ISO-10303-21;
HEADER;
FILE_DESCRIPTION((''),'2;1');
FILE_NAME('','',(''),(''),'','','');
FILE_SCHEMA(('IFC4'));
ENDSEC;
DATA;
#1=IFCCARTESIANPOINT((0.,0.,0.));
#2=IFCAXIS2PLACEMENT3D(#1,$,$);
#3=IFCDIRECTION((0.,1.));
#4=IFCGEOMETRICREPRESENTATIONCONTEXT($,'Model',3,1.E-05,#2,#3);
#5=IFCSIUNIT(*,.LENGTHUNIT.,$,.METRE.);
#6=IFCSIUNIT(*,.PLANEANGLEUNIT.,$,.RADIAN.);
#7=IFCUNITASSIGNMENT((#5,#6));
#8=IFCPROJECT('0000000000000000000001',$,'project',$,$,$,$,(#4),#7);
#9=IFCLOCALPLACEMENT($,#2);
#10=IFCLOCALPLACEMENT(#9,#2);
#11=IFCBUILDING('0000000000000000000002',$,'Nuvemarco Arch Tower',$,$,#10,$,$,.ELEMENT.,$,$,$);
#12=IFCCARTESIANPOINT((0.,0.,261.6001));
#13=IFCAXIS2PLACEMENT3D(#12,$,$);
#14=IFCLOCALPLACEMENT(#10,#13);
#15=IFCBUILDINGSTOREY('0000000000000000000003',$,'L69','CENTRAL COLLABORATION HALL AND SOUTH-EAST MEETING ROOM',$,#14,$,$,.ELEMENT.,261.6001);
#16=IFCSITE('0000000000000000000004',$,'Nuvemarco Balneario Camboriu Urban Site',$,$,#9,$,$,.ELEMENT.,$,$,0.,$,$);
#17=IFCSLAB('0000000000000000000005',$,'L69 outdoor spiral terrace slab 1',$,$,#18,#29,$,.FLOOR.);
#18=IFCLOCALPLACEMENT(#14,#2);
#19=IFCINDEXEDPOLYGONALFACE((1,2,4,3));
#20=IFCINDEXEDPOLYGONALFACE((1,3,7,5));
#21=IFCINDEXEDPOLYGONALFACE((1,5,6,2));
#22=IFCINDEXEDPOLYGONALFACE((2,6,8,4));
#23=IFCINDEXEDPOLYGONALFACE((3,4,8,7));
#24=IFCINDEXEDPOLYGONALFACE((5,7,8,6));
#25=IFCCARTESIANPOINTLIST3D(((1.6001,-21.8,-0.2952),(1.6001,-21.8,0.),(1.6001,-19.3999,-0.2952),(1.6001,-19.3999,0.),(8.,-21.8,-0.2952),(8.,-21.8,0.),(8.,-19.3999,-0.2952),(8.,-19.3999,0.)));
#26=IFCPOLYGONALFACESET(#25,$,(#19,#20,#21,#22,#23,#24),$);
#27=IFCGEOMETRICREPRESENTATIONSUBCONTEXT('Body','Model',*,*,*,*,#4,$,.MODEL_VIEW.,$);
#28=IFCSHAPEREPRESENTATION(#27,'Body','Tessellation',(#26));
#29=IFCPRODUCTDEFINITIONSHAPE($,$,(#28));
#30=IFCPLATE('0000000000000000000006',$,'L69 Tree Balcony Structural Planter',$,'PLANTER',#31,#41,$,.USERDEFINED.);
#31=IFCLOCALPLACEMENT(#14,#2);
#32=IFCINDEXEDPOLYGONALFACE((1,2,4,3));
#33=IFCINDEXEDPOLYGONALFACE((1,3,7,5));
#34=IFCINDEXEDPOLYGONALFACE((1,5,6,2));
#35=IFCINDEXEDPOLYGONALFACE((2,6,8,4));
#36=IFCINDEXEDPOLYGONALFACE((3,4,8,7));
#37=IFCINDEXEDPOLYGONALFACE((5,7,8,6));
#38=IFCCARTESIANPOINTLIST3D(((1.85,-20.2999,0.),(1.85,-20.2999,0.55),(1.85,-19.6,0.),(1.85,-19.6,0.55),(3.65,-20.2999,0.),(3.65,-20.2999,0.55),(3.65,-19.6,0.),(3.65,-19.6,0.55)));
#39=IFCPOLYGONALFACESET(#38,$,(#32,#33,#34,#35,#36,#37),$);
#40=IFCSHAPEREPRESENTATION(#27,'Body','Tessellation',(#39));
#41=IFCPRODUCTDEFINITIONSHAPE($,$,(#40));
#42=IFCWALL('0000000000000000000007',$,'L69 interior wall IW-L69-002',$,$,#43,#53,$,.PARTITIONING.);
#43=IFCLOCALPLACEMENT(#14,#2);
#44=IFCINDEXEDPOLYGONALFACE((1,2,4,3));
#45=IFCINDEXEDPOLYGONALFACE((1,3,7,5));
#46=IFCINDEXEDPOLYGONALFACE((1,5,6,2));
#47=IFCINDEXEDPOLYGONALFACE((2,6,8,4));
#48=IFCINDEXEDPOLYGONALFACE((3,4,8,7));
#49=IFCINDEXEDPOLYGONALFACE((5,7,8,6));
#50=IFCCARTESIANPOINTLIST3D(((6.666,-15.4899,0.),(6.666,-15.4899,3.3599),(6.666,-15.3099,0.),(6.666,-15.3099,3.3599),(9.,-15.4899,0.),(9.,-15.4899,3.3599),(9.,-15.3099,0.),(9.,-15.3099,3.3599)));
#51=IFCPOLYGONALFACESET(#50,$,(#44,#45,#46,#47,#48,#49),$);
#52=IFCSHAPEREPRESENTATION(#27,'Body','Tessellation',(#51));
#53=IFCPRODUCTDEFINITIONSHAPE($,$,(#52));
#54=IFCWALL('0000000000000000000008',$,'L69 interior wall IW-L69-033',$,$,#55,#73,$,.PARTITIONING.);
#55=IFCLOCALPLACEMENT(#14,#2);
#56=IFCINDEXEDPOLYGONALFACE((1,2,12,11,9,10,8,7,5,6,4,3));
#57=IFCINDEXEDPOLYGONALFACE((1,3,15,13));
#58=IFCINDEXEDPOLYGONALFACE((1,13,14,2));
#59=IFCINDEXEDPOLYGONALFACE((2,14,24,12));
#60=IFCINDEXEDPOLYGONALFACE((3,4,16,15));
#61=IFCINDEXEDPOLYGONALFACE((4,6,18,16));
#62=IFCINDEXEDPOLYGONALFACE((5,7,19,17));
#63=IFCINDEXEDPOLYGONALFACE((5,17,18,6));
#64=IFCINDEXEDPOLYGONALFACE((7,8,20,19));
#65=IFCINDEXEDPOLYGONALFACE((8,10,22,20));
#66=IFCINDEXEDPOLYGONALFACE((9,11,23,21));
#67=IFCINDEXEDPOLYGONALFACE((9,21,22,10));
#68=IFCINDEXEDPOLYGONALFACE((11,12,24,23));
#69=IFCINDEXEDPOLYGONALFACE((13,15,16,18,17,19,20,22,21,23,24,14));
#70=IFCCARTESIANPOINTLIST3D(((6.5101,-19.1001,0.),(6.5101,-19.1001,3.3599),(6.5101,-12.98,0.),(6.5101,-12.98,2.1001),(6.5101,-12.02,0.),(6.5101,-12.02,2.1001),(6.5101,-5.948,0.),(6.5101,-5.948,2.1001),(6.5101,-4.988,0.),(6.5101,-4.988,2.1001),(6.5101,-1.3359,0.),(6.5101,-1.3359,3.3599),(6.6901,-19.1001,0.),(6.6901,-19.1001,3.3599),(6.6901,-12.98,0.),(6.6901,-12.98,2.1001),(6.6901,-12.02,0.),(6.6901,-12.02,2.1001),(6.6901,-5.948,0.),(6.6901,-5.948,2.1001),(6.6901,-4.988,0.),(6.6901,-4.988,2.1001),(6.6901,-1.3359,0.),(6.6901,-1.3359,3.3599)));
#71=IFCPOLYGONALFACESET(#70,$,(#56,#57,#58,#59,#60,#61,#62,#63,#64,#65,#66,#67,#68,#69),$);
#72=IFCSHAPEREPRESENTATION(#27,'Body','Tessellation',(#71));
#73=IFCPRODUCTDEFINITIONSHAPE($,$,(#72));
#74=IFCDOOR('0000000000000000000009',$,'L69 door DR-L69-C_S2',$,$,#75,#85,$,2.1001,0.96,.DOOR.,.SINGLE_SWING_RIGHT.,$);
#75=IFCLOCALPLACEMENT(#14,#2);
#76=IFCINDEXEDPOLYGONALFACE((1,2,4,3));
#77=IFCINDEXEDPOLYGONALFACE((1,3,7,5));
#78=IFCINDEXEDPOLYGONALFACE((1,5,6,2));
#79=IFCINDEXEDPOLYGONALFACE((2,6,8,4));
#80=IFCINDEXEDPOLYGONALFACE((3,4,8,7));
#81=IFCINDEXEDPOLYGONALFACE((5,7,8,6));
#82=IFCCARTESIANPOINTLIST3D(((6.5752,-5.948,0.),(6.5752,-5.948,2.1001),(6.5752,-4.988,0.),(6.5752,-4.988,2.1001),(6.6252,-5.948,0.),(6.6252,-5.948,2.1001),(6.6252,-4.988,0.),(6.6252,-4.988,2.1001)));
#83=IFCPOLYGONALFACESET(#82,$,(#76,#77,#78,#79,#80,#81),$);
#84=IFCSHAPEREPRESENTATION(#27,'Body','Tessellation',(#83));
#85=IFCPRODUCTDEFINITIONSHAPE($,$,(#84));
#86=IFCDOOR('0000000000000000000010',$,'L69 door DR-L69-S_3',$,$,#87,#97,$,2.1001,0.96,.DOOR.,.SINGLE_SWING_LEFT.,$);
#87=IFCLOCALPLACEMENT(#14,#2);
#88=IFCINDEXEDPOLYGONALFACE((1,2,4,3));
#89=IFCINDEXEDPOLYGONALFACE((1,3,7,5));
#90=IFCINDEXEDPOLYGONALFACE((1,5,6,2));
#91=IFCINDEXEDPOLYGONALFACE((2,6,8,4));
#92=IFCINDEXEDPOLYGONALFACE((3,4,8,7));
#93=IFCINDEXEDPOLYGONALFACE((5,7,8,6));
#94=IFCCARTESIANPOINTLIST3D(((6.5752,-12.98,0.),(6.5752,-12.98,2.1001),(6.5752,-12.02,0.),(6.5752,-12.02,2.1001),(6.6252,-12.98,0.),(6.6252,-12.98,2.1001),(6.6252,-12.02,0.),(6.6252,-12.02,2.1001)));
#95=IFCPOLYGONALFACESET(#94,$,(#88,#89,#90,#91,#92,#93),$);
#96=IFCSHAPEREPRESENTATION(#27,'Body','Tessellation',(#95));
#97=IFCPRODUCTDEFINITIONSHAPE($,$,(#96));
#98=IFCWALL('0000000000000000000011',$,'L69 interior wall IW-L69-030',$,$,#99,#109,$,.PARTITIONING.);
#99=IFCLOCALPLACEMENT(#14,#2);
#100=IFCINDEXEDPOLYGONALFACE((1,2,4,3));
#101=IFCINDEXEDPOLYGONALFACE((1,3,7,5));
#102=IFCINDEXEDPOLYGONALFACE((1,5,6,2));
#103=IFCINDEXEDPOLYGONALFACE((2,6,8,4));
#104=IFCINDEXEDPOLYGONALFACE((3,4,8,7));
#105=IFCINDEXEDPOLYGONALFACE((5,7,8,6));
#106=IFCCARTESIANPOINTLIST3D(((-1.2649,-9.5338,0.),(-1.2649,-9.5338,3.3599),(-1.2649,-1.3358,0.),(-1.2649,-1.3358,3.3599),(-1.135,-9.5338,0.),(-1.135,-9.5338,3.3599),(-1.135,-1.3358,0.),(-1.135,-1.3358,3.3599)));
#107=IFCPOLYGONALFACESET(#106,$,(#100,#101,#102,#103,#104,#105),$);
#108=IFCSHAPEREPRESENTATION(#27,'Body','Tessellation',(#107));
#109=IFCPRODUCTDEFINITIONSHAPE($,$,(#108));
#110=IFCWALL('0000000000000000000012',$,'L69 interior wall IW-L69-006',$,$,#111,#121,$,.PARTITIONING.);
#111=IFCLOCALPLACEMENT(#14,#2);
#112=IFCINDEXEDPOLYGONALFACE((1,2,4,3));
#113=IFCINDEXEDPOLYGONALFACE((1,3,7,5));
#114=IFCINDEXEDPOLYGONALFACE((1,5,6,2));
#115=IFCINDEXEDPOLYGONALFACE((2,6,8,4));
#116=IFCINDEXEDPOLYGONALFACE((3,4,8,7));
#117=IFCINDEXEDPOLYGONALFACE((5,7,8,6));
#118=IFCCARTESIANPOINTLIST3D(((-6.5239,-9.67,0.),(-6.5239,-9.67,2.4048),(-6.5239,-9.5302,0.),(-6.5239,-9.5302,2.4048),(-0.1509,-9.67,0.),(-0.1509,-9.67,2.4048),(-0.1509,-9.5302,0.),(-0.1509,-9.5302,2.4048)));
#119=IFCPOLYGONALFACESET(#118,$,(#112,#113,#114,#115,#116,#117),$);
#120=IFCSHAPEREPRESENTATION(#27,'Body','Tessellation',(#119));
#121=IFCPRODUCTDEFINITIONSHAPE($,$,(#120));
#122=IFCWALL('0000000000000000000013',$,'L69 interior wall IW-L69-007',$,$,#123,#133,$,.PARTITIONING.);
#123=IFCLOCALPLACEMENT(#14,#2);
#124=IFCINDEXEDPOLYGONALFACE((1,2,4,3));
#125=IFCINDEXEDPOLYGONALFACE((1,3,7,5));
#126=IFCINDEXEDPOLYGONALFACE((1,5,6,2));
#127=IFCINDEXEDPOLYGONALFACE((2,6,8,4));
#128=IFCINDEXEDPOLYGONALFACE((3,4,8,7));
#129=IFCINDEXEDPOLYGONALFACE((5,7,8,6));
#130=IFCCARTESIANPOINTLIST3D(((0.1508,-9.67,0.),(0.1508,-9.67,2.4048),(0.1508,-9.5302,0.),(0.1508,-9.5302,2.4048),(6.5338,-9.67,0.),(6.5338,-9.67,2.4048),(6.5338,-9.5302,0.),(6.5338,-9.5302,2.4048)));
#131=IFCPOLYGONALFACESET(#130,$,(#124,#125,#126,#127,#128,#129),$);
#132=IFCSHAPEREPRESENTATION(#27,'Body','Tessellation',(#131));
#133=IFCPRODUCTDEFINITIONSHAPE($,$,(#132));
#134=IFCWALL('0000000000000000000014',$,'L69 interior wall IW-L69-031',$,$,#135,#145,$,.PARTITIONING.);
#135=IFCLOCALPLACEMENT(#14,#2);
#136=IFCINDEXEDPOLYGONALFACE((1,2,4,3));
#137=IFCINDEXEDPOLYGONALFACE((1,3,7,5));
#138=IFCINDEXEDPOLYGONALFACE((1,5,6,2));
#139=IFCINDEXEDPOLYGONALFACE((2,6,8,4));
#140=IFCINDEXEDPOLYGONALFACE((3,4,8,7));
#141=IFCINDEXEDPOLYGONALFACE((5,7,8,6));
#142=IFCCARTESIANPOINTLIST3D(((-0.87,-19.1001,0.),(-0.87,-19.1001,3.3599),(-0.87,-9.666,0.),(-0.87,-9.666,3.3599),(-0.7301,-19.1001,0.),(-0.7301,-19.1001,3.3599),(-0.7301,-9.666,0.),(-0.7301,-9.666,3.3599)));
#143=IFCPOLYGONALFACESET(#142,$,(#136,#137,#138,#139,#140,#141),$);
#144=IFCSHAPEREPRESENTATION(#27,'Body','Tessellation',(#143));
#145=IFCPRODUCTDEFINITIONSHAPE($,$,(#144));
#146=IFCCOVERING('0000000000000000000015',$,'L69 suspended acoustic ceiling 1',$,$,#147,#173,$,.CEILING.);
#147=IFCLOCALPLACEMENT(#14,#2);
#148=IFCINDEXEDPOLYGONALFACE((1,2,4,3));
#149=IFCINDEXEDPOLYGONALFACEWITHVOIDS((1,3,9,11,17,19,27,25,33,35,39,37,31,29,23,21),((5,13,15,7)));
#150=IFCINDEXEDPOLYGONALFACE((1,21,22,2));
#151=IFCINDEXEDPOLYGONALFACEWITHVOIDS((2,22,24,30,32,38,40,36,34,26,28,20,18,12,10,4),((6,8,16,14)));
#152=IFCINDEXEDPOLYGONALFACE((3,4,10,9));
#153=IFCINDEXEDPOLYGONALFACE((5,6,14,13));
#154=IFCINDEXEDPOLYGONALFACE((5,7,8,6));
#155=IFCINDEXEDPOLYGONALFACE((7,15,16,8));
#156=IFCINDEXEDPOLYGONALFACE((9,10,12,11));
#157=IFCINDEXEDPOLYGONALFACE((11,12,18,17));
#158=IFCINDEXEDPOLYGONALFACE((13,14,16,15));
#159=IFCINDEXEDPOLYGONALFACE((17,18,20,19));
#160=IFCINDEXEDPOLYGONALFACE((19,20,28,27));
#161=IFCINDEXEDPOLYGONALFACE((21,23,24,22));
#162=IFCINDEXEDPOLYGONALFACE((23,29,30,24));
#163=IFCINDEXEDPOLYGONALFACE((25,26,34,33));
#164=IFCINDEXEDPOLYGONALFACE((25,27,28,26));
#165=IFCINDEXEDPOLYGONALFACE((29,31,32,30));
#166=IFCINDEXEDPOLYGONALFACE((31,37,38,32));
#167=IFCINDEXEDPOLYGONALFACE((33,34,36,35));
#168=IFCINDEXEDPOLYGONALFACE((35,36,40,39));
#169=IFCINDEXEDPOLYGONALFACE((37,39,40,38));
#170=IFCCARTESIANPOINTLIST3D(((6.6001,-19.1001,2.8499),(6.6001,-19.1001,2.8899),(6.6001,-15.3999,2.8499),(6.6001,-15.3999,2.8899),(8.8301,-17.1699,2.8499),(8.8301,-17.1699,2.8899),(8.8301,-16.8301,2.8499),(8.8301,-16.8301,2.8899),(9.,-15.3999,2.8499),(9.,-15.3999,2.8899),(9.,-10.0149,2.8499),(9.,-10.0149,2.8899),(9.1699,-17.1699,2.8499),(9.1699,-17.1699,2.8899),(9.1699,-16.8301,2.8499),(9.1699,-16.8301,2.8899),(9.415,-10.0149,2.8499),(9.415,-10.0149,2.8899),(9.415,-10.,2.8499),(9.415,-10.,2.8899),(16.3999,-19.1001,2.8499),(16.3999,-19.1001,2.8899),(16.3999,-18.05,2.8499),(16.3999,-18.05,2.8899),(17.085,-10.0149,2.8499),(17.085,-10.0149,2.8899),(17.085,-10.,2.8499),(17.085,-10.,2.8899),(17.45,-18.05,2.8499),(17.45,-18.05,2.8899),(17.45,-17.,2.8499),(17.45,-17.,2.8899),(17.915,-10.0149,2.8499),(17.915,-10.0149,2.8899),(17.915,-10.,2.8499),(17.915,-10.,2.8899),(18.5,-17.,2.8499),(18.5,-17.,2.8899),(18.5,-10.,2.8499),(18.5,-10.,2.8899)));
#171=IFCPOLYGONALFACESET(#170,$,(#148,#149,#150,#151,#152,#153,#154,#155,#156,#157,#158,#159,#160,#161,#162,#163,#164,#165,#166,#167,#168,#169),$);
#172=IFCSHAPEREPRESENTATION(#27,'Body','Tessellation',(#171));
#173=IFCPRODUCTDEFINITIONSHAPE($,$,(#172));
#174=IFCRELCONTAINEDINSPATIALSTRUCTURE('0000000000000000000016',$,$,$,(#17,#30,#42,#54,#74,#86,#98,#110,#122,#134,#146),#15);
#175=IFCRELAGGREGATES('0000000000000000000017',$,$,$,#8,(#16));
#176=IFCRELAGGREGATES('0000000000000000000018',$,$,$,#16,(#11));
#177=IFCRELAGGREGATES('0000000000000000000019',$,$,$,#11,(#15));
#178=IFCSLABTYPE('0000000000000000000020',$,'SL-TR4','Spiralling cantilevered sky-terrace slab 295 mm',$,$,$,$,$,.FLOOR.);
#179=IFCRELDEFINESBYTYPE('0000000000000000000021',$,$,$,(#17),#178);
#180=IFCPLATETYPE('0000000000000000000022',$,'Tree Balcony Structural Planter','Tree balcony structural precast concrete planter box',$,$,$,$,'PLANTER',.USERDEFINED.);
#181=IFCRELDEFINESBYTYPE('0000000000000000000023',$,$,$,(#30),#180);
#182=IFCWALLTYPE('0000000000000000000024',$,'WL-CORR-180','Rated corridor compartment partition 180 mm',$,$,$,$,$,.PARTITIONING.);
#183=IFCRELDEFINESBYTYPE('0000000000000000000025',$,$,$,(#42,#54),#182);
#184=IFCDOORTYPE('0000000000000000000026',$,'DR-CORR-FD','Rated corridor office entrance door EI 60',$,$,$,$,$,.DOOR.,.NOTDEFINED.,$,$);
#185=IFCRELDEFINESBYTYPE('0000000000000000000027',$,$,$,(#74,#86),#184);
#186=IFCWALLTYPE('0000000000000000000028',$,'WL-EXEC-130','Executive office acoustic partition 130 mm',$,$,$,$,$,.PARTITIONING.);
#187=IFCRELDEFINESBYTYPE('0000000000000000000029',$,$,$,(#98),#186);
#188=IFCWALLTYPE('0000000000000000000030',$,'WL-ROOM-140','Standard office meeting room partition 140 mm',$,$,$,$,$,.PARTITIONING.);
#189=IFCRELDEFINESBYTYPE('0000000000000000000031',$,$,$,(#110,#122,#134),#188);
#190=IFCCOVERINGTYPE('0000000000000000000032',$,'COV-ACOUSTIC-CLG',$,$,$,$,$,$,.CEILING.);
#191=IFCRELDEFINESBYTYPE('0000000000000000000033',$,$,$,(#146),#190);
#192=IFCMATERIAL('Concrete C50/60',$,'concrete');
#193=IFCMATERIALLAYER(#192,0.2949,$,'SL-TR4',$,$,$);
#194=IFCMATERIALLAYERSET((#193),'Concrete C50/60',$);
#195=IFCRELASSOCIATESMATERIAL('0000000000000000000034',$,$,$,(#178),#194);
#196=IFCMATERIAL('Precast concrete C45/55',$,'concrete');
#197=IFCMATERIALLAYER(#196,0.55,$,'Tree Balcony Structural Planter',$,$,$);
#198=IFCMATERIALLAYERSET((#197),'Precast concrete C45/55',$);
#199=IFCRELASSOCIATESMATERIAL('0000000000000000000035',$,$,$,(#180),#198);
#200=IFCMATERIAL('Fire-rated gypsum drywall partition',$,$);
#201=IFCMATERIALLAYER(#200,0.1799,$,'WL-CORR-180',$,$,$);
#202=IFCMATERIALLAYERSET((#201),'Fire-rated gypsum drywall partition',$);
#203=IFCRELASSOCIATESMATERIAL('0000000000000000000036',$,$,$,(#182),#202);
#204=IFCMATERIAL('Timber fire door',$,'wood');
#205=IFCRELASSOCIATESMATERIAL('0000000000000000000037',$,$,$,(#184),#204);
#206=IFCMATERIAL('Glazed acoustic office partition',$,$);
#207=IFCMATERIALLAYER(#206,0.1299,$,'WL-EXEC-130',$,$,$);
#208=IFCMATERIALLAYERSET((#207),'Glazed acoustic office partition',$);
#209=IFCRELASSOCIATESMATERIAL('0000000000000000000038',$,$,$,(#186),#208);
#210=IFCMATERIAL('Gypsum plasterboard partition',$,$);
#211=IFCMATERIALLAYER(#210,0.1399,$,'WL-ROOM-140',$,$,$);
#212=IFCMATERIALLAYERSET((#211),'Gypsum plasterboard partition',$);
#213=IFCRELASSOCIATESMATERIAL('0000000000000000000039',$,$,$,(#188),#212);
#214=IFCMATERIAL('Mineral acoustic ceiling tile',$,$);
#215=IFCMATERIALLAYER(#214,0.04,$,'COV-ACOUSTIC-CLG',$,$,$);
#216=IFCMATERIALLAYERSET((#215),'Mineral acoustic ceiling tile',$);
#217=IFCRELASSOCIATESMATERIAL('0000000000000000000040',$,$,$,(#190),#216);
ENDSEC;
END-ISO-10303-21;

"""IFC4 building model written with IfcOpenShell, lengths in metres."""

from ifc_helpers import new_model, si_unit, direction, frame, frame_2d, origin, origin_2d, place, context, subcontext, project, spatial, polyline, rectangle, outline, extrude, source, transform, mapped, material, layer, layer_set, type_object, type_shapes, element, fill, save


model = new_model("IFC4")

# Units and contexts
model_context = context("Model", 3, precision=1e-05, world=origin(), true_north=direction((0.0, 1.0)))
body_context = subcontext(model_context, "Body", "Model", "MODEL_VIEW")
ifc_project = project(units=[si_unit("LENGTHUNIT", "METRE"), si_unit("PLANEANGLEUNIT", "RADIAN")], contexts=[model_context])

# Site, building, storey
site_placement = place(None, origin())
site = spatial("IfcSite", under=ifc_project, at=site_placement, Name="Nuvemarco Balneario Camboriu Urban Site", CompositionType="ELEMENT", RefElevation=0.0)
building_placement = place(site_placement, origin())
building = spatial("IfcBuilding", under=site, at=building_placement, Name="Nuvemarco Arch Tower", CompositionType="ELEMENT")
storey_placement = place(building_placement, frame((0.0, 0.0, 261.6001)))
storey = spatial("IfcBuildingStorey", under=building, at=storey_placement, Name="L69", Description="CENTRAL COLLABORATION HALL AND SOUTH-EAST MEETING ROOM", CompositionType="ELEMENT", Elevation=261.6001)

# Shared definitions
ifc_material_1 = material(Name="Precast concrete C45/55", Category="concrete")

# Shared definitions
ifc_material_2 = material(Name="Concrete C50/60", Category="concrete")

# Slab
ifc_layer_1 = layer(ifc_material_2, 0.2949, Name="SL-TR4")
ifc_layer_set_1 = layer_set([ifc_layer_1], Name="Concrete C50/60")
slab_type_1 = type_object("IfcSlabType", Name="SL-TR4", Description="Spiralling cantilevered sky-terrace slab 295 mm", PredefinedType="FLOOR", material=ifc_layer_set_1)
slab_1_placement = place(storey_placement, frame((0.0, 0.0, -0.2952)))
element("IfcSlab", 1, at=slab_1_placement, inside=storey, type_object=slab_type_1, Name="L69 outdoor spiral terrace slab 1", PredefinedType="FLOOR", context=body_context, shape_type="SweptSolid", body=[
    extrude(outline(polyline([(1.6001, -21.8), (8.0, -21.8), (8.0, -19.3999), (1.6001, -19.3999), (1.6001, -21.8)])), origin(), (0.0, 0.0, 1.0), 0.2952),
])

# Plate
ifc_layer_2 = layer(ifc_material_1, 0.55, Name="Tree Balcony Structural Planter")
ifc_layer_set_2 = layer_set([ifc_layer_2], Name="Precast concrete C45/55")
plate_type = type_object("IfcPlateType", Name="Tree Balcony Structural Planter", Description="Tree balcony structural precast concrete planter box", ElementType="PLANTER", PredefinedType="USERDEFINED", material=ifc_layer_set_2)
shared_shape_1 = source(origin(), body_context, "Body", "SweptSolid", [
    extrude(rectangle(XDim=1.8, YDim=0.7, at=origin_2d()), origin(), (0.0, 0.0, 1.0), 0.55),
])
type_shapes(plate_type, [shared_shape_1])
plate_placement = place(storey_placement, frame((2.75, -19.95, 0.0), z_axis=(0.0, 0.0, 1.0), x_axis=(1.0, 0.0, 0.0)))
element("IfcPlate", 2, at=plate_placement, inside=storey, type_object=plate_type, Name="L69 Tree Balcony Structural Planter", ObjectType="PLANTER", PredefinedType="USERDEFINED", context=body_context, shape_type="MappedRepresentation", body=[
    mapped(shared_shape_1, transform((0.0, 0.0, 0.0), scale=1.0)),
])

# Wall
ifc_material_3 = material(Name="Fire-rated gypsum drywall partition")
ifc_layer_3 = layer(ifc_material_3, 0.1799, Name="WL-CORR-180")
ifc_layer_set_3 = layer_set([ifc_layer_3], Name="Fire-rated gypsum drywall partition")
wall_type_1 = type_object("IfcWallType", Name="WL-CORR-180", Description="Rated corridor compartment partition 180 mm", PredefinedType="PARTITIONING", material=ifc_layer_set_3)
wall_1_placement = place(storey_placement, frame((6.666, -15.3999, 0.0), z_axis=(0.0, 0.0, 1.0), x_axis=(1.0, 0.0, 0.0)))
element("IfcWall", 3, at=wall_1_placement, inside=storey, type_object=wall_type_1, Name="L69 interior wall IW-L69-002", PredefinedType="PARTITIONING", context=body_context, shape_type="SweptSolid", body=[
    extrude(rectangle(XDim=2.334, YDim=0.1799, at=frame_2d((1.167, 0.0))), origin(), (0.0, 0.0, 1.0), 3.3599),
])

# Wall, openings, doors
wall_2_placement = place(storey_placement, frame((6.6001, -19.1001, 0.0), z_axis=(0.0, 0.0, 1.0), x_axis=(0.0, 1.0, 0.0)))
wall_2 = element("IfcWall", 4, at=wall_2_placement, inside=storey, type_object=wall_type_1, Name="L69 interior wall IW-L69-033", PredefinedType="PARTITIONING", context=body_context, shape_type="SweptSolid", body=[
    extrude(rectangle(XDim=17.7642, YDim=0.1799, at=frame_2d((8.8821, 0.0))), origin(), (0.0, 0.0, 1.0), 3.3599),
])
opening_1_placement = place(wall_2_placement, frame((13.1521, 0.0, 0.0)))
opening_1 = element("IfcOpeningElement", 5, at=opening_1_placement, cuts=wall_2, PredefinedType="OPENING", context=body_context, shape_type="SweptSolid", body=[
    extrude(rectangle(XDim=0.96, YDim=2.1001, at=frame_2d((0.48, 1.05))), frame((0.0, 0.0999, 0.0), z_axis=(0.0, -1.0, 0.0), x_axis=(1.0, 0.0, 0.0)), (0.0, 0.0, 1.0), 0.2),
])
opening_2_placement = place(wall_2_placement, frame((6.1201, 0.0, 0.0)))
opening_2 = element("IfcOpeningElement", 6, at=opening_2_placement, cuts=wall_2, PredefinedType="OPENING", context=body_context, shape_type="SweptSolid", body=[
    extrude(rectangle(XDim=0.96, YDim=2.1001, at=frame_2d((0.48, 1.05))), frame((0.0, 0.0999, 0.0), z_axis=(0.0, -1.0, 0.0), x_axis=(1.0, 0.0, 0.0)), (0.0, 0.0, 1.0), 0.2),
])
ifc_material_4 = material(Name="Timber fire door", Category="wood")
door_type = type_object("IfcDoorType", Name="DR-CORR-FD", Description="Rated corridor office entrance door EI 60", OperationType="NOTDEFINED", PredefinedType="DOOR", material=ifc_material_4)
shared_shape_2 = source(origin(), body_context, "Body", "SweptSolid", [
    extrude(rectangle(XDim=0.96, YDim=2.1001, at=frame_2d((0.48, 1.05))), frame((0.0, 0.0249, 0.0), z_axis=(0.0, -1.0, 0.0), x_axis=(1.0, 0.0, 0.0)), (0.0, 0.0, 1.0), 0.05),
])
type_shapes(door_type, [shared_shape_2])
door_1_placement = place(opening_1_placement, origin())
door_1 = element("IfcDoor", 7, at=door_1_placement, inside=storey, type_object=door_type, Name="L69 door DR-L69-C_S2", OperationType="SINGLE_SWING_RIGHT", OverallHeight=2.1001, OverallWidth=0.96, PredefinedType="DOOR", context=body_context, shape_type="MappedRepresentation", body=[
    mapped(shared_shape_2, transform((0.0, 0.0, 0.0), scale=1.0)),
])
fill(opening_1, door_1)
door_2_placement = place(opening_2_placement, origin())
door_2 = element("IfcDoor", 8, at=door_2_placement, inside=storey, type_object=door_type, Name="L69 door DR-L69-S_3", OperationType="SINGLE_SWING_LEFT", OverallHeight=2.1001, OverallWidth=0.96, PredefinedType="DOOR", context=body_context, shape_type="MappedRepresentation", body=[
    mapped(shared_shape_2, transform((0.0, 0.0, 0.0), scale=1.0)),
])
fill(opening_2, door_2)

# Walls
ifc_material_5 = material(Name="Glazed acoustic office partition")
ifc_layer_4 = layer(ifc_material_5, 0.1299, Name="WL-EXEC-130")
ifc_layer_set_4 = layer_set([ifc_layer_4], Name="Glazed acoustic office partition")
wall_type_2 = type_object("IfcWallType", Name="WL-EXEC-130", Description="Executive office acoustic partition 130 mm", PredefinedType="PARTITIONING", material=ifc_layer_set_4)
wall_3_placement = place(storey_placement, frame((-1.2, -9.5339, 0.0), z_axis=(0.0, 0.0, 1.0), x_axis=(0.0, 1.0, 0.0)))
element("IfcWall", 9, at=wall_3_placement, inside=storey, type_object=wall_type_2, Name="L69 interior wall IW-L69-030", PredefinedType="PARTITIONING", context=body_context, shape_type="SweptSolid", body=[
    extrude(rectangle(XDim=8.198, YDim=0.1299, at=frame_2d((4.0991, 0.0))), origin(), (0.0, 0.0, 1.0), 3.3599),
])
ifc_material_6 = material(Name="Gypsum plasterboard partition")
ifc_layer_5 = layer(ifc_material_6, 0.1399, Name="WL-ROOM-140")
ifc_layer_set_5 = layer_set([ifc_layer_5], Name="Gypsum plasterboard partition")
wall_type_3 = type_object("IfcWallType", Name="WL-ROOM-140", Description="Standard office meeting room partition 140 mm", PredefinedType="PARTITIONING", material=ifc_layer_set_5)
wall_4_placement = place(storey_placement, frame((-6.5239, -9.6001, 0.0), z_axis=(0.0, 0.0, 1.0), x_axis=(1.0, 0.0, 0.0)))
element("IfcWall", 10, at=wall_4_placement, inside=storey, type_object=wall_type_3, Name="L69 interior wall IW-L69-006", PredefinedType="PARTITIONING", context=body_context, shape_type="SweptSolid", body=[
    extrude(rectangle(XDim=6.373, YDim=0.1399, at=frame_2d((3.1865, 0.0))), origin(), (0.0, 0.0, 1.0), 2.4048),
])
wall_5_placement = place(storey_placement, frame((0.1509, -9.6001, 0.0), z_axis=(0.0, 0.0, 1.0), x_axis=(1.0, 0.0, 0.0)))
element("IfcWall", 11, at=wall_5_placement, inside=storey, type_object=wall_type_3, Name="L69 interior wall IW-L69-007", PredefinedType="PARTITIONING", context=body_context, shape_type="SweptSolid", body=[
    extrude(rectangle(XDim=6.3831, YDim=0.1399, at=frame_2d((3.1914, 0.0))), origin(), (0.0, 0.0, 1.0), 2.4048),
])
wall_6_placement = place(storey_placement, frame((-0.8, -19.1001, 0.0), z_axis=(0.0, 0.0, 1.0), x_axis=(0.0, 1.0, 0.0)))
element("IfcWall", 12, at=wall_6_placement, inside=storey, type_object=wall_type_3, Name="L69 interior wall IW-L69-031", PredefinedType="PARTITIONING", context=body_context, shape_type="SweptSolid", body=[
    extrude(rectangle(XDim=9.4341, YDim=0.1399, at=frame_2d((4.717, 0.0))), origin(), (0.0, 0.0, 1.0), 3.3599),
])

# Covering
ifc_material_7 = material(Name="Mineral acoustic ceiling tile")
ifc_layer_6 = layer(ifc_material_7, 0.04, Name="COV-ACOUSTIC-CLG")
ifc_layer_set_6 = layer_set([ifc_layer_6], Name="Mineral acoustic ceiling tile")
covering_type = type_object("IfcCoveringType", Name="COV-ACOUSTIC-CLG", PredefinedType="CEILING", material=ifc_layer_set_6)
covering_1_placement = place(storey_placement, frame((0.0, 0.0, 2.8499)))
element("IfcCovering", 13, at=covering_1_placement, inside=storey, type_object=covering_type, Name="L69 suspended acoustic ceiling 1", PredefinedType="CEILING", context=body_context, shape_type="SweptSolid", body=[
    extrude(outline(polyline([(16.3999, -19.1001), (6.6001, -19.1001), (6.6001, -15.3999), (9.0, -15.3999), (9.0, -10.0149), (9.415, -10.0149), (9.415, -10.0), (17.085, -10.0), (17.085, -10.0149), (17.915, -10.0149), (17.915, -10.0), (18.5, -10.0), (18.5, -17.0), (17.45, -17.0), (17.45, -18.05), (16.3999, -18.05), (16.3999, -19.1001)]), holes=[polyline([(9.1699, -17.1699), (9.1699, -16.8301), (8.8301, -16.8301), (8.8301, -17.1699), (9.1699, -17.1699)])]), origin(), (0.0, 0.0, 1.0), 0.04),
])

save(model, "model.ifc")
